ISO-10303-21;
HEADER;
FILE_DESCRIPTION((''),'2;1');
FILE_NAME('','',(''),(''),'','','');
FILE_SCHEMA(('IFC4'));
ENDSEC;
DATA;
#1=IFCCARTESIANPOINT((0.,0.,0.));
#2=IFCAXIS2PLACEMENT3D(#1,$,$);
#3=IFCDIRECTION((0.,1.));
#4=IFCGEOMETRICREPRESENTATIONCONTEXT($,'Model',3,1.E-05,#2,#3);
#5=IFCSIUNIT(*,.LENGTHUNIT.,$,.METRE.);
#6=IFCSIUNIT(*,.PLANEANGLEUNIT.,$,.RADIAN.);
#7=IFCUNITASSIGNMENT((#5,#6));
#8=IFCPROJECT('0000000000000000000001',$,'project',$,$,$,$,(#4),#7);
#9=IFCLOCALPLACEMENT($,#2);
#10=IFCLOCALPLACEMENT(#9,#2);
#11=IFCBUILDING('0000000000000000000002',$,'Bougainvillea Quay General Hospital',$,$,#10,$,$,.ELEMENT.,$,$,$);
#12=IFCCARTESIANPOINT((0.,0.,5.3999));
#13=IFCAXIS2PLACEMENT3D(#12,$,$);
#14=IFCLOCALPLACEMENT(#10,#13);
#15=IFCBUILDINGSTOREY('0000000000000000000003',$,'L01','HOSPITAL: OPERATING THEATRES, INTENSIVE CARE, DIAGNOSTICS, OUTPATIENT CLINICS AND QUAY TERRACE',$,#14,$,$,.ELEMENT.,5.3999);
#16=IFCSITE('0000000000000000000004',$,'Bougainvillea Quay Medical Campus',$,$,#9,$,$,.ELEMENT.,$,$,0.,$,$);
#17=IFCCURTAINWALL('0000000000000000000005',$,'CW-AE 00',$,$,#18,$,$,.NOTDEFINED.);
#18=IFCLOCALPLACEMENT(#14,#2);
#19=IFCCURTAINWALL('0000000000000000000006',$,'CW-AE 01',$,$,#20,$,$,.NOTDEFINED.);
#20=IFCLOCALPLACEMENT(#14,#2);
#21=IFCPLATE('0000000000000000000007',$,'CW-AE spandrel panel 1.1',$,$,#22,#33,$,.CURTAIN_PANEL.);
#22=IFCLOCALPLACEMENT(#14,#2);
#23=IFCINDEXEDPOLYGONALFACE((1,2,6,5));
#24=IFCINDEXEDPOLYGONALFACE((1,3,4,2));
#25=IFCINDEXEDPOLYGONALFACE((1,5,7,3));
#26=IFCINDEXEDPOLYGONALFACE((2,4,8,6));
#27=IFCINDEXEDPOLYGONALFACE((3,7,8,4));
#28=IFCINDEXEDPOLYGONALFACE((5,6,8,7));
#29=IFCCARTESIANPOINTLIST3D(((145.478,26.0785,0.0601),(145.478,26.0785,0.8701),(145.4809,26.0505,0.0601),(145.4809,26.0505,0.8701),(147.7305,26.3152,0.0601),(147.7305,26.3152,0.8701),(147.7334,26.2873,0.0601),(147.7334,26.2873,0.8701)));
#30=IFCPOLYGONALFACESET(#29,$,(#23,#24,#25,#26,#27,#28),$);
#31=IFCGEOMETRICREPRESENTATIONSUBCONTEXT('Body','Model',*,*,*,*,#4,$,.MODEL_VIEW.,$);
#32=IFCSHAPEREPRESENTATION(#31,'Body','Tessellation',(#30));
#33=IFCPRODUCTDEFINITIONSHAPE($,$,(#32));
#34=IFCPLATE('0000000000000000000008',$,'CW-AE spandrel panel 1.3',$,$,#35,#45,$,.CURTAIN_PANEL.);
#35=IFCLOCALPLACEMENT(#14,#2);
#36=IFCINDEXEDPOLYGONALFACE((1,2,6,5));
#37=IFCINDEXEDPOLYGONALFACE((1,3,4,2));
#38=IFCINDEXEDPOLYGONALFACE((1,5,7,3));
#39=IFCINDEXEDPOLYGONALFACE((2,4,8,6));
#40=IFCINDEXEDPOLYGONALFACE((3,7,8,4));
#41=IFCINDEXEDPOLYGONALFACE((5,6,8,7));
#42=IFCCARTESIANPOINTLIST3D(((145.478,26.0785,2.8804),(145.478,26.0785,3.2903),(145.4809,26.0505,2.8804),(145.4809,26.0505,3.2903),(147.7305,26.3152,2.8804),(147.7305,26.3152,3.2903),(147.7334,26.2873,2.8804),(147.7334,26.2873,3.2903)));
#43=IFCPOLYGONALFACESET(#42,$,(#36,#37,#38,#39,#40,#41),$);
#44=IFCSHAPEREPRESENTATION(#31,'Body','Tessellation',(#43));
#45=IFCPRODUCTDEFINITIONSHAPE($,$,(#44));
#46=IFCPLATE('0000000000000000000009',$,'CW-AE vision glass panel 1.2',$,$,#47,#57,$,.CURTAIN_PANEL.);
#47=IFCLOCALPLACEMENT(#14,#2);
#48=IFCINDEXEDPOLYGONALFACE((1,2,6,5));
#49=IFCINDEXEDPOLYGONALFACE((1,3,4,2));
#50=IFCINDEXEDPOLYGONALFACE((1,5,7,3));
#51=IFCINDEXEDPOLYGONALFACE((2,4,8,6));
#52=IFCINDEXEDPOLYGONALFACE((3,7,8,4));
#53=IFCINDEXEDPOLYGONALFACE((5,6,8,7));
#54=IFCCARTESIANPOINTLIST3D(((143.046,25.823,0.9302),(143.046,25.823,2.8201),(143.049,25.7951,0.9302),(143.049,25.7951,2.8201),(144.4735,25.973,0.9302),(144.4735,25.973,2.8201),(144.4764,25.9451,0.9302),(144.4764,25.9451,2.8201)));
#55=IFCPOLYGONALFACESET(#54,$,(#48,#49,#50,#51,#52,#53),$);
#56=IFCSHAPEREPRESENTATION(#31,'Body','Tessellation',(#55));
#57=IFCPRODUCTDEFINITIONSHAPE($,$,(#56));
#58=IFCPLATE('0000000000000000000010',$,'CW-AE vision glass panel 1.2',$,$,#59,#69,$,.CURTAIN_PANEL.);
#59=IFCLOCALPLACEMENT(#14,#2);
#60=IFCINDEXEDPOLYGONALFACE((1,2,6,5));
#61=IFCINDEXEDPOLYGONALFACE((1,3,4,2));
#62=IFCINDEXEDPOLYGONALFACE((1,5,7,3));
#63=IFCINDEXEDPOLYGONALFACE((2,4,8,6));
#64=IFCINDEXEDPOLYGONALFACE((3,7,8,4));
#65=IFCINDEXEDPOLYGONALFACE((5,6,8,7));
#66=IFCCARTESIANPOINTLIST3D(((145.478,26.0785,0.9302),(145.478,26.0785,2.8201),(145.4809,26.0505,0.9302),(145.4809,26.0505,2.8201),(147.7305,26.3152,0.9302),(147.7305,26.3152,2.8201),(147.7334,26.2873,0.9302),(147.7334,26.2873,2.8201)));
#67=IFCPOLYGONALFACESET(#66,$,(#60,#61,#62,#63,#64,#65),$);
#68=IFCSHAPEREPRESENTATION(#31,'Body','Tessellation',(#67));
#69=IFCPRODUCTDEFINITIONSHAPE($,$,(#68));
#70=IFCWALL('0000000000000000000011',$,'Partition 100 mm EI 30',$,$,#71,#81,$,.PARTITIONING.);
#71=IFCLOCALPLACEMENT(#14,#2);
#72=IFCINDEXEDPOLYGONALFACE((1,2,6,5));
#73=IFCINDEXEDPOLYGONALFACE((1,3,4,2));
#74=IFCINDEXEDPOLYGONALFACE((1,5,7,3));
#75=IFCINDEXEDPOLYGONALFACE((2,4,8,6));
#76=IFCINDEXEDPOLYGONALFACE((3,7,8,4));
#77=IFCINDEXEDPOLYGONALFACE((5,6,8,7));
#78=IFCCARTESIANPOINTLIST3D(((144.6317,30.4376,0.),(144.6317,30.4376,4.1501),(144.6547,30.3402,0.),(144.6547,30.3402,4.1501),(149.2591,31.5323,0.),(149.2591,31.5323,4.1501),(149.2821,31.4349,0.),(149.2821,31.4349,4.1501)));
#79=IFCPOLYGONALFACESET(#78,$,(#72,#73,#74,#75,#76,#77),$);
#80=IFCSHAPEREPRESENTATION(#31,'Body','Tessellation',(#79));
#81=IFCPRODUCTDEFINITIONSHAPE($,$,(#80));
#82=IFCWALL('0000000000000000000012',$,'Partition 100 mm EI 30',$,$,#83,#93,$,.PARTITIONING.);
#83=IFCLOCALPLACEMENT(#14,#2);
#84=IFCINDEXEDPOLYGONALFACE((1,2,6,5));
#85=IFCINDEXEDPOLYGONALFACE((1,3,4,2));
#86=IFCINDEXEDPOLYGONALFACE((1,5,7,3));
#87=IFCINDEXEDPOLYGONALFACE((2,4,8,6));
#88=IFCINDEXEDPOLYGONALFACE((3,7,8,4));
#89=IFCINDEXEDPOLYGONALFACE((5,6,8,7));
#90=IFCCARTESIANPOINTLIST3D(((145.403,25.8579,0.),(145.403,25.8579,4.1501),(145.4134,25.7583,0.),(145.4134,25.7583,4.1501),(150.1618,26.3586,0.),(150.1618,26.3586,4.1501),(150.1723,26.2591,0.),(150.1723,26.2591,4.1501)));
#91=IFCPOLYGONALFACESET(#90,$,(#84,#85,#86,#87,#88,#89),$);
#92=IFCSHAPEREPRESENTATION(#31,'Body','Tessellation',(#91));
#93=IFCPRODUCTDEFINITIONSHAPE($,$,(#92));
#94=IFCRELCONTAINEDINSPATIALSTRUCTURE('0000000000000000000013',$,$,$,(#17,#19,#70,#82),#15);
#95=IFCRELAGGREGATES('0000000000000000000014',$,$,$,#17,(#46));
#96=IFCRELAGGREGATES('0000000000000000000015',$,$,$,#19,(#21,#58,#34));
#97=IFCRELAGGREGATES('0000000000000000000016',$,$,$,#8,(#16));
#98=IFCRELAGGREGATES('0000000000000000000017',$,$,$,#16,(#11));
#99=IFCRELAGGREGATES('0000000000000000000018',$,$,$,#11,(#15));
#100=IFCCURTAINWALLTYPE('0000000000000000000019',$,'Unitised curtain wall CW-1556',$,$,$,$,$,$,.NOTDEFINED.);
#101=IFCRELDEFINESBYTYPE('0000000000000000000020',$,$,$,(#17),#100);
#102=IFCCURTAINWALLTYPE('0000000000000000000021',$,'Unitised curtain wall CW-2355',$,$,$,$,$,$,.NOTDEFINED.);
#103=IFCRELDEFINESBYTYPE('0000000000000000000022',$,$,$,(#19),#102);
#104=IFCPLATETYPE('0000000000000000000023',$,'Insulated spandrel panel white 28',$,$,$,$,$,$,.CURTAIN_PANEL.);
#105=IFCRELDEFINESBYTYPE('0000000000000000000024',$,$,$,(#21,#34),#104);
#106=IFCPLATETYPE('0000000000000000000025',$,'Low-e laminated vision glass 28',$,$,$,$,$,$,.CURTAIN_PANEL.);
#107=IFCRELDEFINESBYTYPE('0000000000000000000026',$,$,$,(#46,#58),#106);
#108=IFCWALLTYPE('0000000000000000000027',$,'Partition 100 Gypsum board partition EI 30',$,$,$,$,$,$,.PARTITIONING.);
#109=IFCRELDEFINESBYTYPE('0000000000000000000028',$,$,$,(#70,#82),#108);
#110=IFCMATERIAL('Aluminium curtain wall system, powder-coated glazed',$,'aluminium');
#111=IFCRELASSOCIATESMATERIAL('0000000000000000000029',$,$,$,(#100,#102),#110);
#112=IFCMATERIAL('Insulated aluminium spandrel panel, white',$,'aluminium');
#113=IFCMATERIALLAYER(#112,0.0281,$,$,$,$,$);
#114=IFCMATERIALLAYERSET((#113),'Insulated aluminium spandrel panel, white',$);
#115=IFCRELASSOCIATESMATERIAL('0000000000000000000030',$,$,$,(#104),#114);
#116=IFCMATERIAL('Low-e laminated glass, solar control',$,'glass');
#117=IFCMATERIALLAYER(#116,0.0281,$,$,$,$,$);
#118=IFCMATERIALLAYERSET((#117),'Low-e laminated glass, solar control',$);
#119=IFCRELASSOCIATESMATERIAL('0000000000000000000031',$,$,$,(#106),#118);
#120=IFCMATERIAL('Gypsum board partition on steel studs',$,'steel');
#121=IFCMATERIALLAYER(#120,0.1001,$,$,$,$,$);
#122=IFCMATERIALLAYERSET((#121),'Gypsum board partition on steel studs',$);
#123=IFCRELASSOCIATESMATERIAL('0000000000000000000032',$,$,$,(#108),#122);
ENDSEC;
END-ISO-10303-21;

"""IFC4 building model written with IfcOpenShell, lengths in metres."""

from ifc_helpers import new_model, si_unit, direction, frame, frame_2d, origin, origin_2d, place, context, subcontext, project, spatial, rectangle, extrude, material, layer, layer_set, type_object, element, aggregate, save


model = new_model("IFC4")

# Units and contexts
model_context = context("Model", 3, precision=1e-05, world=origin(), true_north=direction((0.0, 1.0)))
body_context = subcontext(model_context, "Body", "Model", "MODEL_VIEW")
ifc_project = project(units=[si_unit("LENGTHUNIT", "METRE"), si_unit("PLANEANGLEUNIT", "RADIAN")], contexts=[model_context])

# Site, building, storey
site_placement = place(None, origin())
site = spatial("IfcSite", under=ifc_project, at=site_placement, Name="Bougainvillea Quay Medical Campus", CompositionType="ELEMENT", RefElevation=0.0)
building_placement = place(site_placement, origin())
building = spatial("IfcBuilding", under=site, at=building_placement, Name="Bougainvillea Quay General Hospital", CompositionType="ELEMENT")
storey_placement = place(building_placement, frame((0.0, 0.0, 5.3999)))
storey = spatial("IfcBuildingStorey", under=building, at=storey_placement, Name="L01", Description="HOSPITAL: OPERATING THEATRES, INTENSIVE CARE, DIAGNOSTICS, OUTPATIENT CLINICS AND QUAY TERRACE", CompositionType="ELEMENT", Elevation=5.3999)

# Curtain wall
ifc_material_1 = material(Name="Aluminium curtain wall system, powder-coated glazed", Category="aluminium")
curtain_wall_type_1 = type_object("IfcCurtainWallType", Name="Unitised curtain wall CW-1556", PredefinedType="NOTDEFINED", material=ifc_material_1)
curtain_wall_1_placement = place(storey_placement, origin())
curtain_wall_1 = element("IfcCurtainWall", 1, at=curtain_wall_1_placement, inside=storey, type_object=curtain_wall_type_1, Name="CW-AE 00", PredefinedType="NOTDEFINED")

# Curtain wall
curtain_wall_type_2 = type_object("IfcCurtainWallType", Name="Unitised curtain wall CW-2355", PredefinedType="NOTDEFINED", material=ifc_material_1)
curtain_wall_2_placement = place(storey_placement, origin())
curtain_wall_2 = element("IfcCurtainWall", 2, at=curtain_wall_2_placement, inside=storey, type_object=curtain_wall_type_2, Name="CW-AE 01", PredefinedType="NOTDEFINED")

# Plates
ifc_material_2 = material(Name="Insulated aluminium spandrel panel, white", Category="aluminium")
ifc_layer_1 = layer(ifc_material_2, 0.0281)
ifc_layer_set_1 = layer_set([ifc_layer_1], Name="Insulated aluminium spandrel panel, white")
plate_type_1 = type_object("IfcPlateType", Name="Insulated spandrel panel white 28", PredefinedType="CURTAIN_PANEL", material=ifc_layer_set_1)
plate_1_placement = place(storey_placement, frame((146.6057, 26.1829, 0.0601), z_axis=(0.0, 0.0, 1.0), x_axis=(0.994522, 0.104527, 0.0)))
plate_1 = element("IfcPlate", 3, at=plate_1_placement, type_object=plate_type_1, Name="CW-AE spandrel panel 1.1", PredefinedType="CURTAIN_PANEL", context=body_context, shape_type="SweptSolid", body=[
    extrude(rectangle(XDim=2.2649, YDim=0.0281, at=origin_2d()), origin(), (0.0, 0.0, 1.0), 0.8101),
])
plate_2_placement = place(storey_placement, frame((146.6057, 26.1829, 2.8804), z_axis=(0.0, 0.0, 1.0), x_axis=(0.994522, 0.104527, 0.0)))
plate_2 = element("IfcPlate", 4, at=plate_2_placement, type_object=plate_type_1, Name="CW-AE spandrel panel 1.3", PredefinedType="CURTAIN_PANEL", context=body_context, shape_type="SweptSolid", body=[
    extrude(rectangle(XDim=2.2649, YDim=0.0281, at=origin_2d()), origin(), (0.0, 0.0, 1.0), 0.4099),
])
ifc_material_3 = material(Name="Low-e laminated glass, solar control", Category="glass")
ifc_layer_2 = layer(ifc_material_3, 0.0281)
ifc_layer_set_2 = layer_set([ifc_layer_2], Name="Low-e laminated glass, solar control")
plate_type_2 = type_object("IfcPlateType", Name="Low-e laminated vision glass 28", PredefinedType="CURTAIN_PANEL", material=ifc_layer_set_2)
plate_3_placement = place(storey_placement, frame((143.7612, 25.884, 0.9302), z_axis=(0.0, 0.0, 1.0), x_axis=(0.994522, 0.104527, 0.0)))
plate_3 = element("IfcPlate", 5, at=plate_3_placement, type_object=plate_type_2, Name="CW-AE vision glass panel 1.2", PredefinedType="CURTAIN_PANEL", context=body_context, shape_type="SweptSolid", body=[
    extrude(rectangle(XDim=1.4353, YDim=0.0281, at=origin_2d()), origin(), (0.0, 0.0, 1.0), 1.8899),
])
aggregate(curtain_wall_1, [plate_3])
plate_4_placement = place(storey_placement, frame((146.6057, 26.1829, 0.9302), z_axis=(0.0, 0.0, 1.0), x_axis=(0.994522, 0.104527, 0.0)))
plate_4 = element("IfcPlate", 6, at=plate_4_placement, type_object=plate_type_2, Name="CW-AE vision glass panel 1.2", PredefinedType="CURTAIN_PANEL", context=body_context, shape_type="SweptSolid", body=[
    extrude(rectangle(XDim=2.2649, YDim=0.0281, at=origin_2d()), origin(), (0.0, 0.0, 1.0), 1.8899),
])
aggregate(curtain_wall_2, [plate_1, plate_4, plate_2])

# Walls
ifc_material_4 = material(Name="Gypsum board partition on steel studs", Category="steel")
ifc_layer_3 = layer(ifc_material_4, 0.1001)
ifc_layer_set_3 = layer_set([ifc_layer_3], Name="Gypsum board partition on steel studs")
wall_type = type_object("IfcWallType", Name="Partition 100 Gypsum board partition EI 30", PredefinedType="PARTITIONING", material=ifc_layer_set_3)
wall_1_placement = place(storey_placement, frame((144.6433, 30.3889, 0.0), z_axis=(0.0, 0.0, 1.0), x_axis=(0.973139, 0.230218, 0.0)))
element("IfcWall", 7, at=wall_1_placement, inside=storey, type_object=wall_type, Name="Partition 100 mm EI 30", PredefinedType="PARTITIONING", context=body_context, shape_type="SweptSolid", body=[
    extrude(rectangle(XDim=4.7551, YDim=0.1001, at=frame_2d((2.3774, 0.0))), origin(), (0.0, 0.0, 1.0), 4.1501),
])
wall_2_placement = place(storey_placement, frame((145.4082, 25.8081, 0.0), z_axis=(0.0, 0.0, 1.0), x_axis=(0.99451, 0.104645, 0.0)))
element("IfcWall", 8, at=wall_2_placement, inside=storey, type_object=wall_type, Name="Partition 100 mm EI 30", PredefinedType="PARTITIONING", context=body_context, shape_type="SweptSolid", body=[
    extrude(rectangle(XDim=4.7852, YDim=0.1001, at=frame_2d((2.3926, 0.0))), origin(), (0.0, 0.0, 1.0), 4.1501),
])

save(model, "model.ifc")
